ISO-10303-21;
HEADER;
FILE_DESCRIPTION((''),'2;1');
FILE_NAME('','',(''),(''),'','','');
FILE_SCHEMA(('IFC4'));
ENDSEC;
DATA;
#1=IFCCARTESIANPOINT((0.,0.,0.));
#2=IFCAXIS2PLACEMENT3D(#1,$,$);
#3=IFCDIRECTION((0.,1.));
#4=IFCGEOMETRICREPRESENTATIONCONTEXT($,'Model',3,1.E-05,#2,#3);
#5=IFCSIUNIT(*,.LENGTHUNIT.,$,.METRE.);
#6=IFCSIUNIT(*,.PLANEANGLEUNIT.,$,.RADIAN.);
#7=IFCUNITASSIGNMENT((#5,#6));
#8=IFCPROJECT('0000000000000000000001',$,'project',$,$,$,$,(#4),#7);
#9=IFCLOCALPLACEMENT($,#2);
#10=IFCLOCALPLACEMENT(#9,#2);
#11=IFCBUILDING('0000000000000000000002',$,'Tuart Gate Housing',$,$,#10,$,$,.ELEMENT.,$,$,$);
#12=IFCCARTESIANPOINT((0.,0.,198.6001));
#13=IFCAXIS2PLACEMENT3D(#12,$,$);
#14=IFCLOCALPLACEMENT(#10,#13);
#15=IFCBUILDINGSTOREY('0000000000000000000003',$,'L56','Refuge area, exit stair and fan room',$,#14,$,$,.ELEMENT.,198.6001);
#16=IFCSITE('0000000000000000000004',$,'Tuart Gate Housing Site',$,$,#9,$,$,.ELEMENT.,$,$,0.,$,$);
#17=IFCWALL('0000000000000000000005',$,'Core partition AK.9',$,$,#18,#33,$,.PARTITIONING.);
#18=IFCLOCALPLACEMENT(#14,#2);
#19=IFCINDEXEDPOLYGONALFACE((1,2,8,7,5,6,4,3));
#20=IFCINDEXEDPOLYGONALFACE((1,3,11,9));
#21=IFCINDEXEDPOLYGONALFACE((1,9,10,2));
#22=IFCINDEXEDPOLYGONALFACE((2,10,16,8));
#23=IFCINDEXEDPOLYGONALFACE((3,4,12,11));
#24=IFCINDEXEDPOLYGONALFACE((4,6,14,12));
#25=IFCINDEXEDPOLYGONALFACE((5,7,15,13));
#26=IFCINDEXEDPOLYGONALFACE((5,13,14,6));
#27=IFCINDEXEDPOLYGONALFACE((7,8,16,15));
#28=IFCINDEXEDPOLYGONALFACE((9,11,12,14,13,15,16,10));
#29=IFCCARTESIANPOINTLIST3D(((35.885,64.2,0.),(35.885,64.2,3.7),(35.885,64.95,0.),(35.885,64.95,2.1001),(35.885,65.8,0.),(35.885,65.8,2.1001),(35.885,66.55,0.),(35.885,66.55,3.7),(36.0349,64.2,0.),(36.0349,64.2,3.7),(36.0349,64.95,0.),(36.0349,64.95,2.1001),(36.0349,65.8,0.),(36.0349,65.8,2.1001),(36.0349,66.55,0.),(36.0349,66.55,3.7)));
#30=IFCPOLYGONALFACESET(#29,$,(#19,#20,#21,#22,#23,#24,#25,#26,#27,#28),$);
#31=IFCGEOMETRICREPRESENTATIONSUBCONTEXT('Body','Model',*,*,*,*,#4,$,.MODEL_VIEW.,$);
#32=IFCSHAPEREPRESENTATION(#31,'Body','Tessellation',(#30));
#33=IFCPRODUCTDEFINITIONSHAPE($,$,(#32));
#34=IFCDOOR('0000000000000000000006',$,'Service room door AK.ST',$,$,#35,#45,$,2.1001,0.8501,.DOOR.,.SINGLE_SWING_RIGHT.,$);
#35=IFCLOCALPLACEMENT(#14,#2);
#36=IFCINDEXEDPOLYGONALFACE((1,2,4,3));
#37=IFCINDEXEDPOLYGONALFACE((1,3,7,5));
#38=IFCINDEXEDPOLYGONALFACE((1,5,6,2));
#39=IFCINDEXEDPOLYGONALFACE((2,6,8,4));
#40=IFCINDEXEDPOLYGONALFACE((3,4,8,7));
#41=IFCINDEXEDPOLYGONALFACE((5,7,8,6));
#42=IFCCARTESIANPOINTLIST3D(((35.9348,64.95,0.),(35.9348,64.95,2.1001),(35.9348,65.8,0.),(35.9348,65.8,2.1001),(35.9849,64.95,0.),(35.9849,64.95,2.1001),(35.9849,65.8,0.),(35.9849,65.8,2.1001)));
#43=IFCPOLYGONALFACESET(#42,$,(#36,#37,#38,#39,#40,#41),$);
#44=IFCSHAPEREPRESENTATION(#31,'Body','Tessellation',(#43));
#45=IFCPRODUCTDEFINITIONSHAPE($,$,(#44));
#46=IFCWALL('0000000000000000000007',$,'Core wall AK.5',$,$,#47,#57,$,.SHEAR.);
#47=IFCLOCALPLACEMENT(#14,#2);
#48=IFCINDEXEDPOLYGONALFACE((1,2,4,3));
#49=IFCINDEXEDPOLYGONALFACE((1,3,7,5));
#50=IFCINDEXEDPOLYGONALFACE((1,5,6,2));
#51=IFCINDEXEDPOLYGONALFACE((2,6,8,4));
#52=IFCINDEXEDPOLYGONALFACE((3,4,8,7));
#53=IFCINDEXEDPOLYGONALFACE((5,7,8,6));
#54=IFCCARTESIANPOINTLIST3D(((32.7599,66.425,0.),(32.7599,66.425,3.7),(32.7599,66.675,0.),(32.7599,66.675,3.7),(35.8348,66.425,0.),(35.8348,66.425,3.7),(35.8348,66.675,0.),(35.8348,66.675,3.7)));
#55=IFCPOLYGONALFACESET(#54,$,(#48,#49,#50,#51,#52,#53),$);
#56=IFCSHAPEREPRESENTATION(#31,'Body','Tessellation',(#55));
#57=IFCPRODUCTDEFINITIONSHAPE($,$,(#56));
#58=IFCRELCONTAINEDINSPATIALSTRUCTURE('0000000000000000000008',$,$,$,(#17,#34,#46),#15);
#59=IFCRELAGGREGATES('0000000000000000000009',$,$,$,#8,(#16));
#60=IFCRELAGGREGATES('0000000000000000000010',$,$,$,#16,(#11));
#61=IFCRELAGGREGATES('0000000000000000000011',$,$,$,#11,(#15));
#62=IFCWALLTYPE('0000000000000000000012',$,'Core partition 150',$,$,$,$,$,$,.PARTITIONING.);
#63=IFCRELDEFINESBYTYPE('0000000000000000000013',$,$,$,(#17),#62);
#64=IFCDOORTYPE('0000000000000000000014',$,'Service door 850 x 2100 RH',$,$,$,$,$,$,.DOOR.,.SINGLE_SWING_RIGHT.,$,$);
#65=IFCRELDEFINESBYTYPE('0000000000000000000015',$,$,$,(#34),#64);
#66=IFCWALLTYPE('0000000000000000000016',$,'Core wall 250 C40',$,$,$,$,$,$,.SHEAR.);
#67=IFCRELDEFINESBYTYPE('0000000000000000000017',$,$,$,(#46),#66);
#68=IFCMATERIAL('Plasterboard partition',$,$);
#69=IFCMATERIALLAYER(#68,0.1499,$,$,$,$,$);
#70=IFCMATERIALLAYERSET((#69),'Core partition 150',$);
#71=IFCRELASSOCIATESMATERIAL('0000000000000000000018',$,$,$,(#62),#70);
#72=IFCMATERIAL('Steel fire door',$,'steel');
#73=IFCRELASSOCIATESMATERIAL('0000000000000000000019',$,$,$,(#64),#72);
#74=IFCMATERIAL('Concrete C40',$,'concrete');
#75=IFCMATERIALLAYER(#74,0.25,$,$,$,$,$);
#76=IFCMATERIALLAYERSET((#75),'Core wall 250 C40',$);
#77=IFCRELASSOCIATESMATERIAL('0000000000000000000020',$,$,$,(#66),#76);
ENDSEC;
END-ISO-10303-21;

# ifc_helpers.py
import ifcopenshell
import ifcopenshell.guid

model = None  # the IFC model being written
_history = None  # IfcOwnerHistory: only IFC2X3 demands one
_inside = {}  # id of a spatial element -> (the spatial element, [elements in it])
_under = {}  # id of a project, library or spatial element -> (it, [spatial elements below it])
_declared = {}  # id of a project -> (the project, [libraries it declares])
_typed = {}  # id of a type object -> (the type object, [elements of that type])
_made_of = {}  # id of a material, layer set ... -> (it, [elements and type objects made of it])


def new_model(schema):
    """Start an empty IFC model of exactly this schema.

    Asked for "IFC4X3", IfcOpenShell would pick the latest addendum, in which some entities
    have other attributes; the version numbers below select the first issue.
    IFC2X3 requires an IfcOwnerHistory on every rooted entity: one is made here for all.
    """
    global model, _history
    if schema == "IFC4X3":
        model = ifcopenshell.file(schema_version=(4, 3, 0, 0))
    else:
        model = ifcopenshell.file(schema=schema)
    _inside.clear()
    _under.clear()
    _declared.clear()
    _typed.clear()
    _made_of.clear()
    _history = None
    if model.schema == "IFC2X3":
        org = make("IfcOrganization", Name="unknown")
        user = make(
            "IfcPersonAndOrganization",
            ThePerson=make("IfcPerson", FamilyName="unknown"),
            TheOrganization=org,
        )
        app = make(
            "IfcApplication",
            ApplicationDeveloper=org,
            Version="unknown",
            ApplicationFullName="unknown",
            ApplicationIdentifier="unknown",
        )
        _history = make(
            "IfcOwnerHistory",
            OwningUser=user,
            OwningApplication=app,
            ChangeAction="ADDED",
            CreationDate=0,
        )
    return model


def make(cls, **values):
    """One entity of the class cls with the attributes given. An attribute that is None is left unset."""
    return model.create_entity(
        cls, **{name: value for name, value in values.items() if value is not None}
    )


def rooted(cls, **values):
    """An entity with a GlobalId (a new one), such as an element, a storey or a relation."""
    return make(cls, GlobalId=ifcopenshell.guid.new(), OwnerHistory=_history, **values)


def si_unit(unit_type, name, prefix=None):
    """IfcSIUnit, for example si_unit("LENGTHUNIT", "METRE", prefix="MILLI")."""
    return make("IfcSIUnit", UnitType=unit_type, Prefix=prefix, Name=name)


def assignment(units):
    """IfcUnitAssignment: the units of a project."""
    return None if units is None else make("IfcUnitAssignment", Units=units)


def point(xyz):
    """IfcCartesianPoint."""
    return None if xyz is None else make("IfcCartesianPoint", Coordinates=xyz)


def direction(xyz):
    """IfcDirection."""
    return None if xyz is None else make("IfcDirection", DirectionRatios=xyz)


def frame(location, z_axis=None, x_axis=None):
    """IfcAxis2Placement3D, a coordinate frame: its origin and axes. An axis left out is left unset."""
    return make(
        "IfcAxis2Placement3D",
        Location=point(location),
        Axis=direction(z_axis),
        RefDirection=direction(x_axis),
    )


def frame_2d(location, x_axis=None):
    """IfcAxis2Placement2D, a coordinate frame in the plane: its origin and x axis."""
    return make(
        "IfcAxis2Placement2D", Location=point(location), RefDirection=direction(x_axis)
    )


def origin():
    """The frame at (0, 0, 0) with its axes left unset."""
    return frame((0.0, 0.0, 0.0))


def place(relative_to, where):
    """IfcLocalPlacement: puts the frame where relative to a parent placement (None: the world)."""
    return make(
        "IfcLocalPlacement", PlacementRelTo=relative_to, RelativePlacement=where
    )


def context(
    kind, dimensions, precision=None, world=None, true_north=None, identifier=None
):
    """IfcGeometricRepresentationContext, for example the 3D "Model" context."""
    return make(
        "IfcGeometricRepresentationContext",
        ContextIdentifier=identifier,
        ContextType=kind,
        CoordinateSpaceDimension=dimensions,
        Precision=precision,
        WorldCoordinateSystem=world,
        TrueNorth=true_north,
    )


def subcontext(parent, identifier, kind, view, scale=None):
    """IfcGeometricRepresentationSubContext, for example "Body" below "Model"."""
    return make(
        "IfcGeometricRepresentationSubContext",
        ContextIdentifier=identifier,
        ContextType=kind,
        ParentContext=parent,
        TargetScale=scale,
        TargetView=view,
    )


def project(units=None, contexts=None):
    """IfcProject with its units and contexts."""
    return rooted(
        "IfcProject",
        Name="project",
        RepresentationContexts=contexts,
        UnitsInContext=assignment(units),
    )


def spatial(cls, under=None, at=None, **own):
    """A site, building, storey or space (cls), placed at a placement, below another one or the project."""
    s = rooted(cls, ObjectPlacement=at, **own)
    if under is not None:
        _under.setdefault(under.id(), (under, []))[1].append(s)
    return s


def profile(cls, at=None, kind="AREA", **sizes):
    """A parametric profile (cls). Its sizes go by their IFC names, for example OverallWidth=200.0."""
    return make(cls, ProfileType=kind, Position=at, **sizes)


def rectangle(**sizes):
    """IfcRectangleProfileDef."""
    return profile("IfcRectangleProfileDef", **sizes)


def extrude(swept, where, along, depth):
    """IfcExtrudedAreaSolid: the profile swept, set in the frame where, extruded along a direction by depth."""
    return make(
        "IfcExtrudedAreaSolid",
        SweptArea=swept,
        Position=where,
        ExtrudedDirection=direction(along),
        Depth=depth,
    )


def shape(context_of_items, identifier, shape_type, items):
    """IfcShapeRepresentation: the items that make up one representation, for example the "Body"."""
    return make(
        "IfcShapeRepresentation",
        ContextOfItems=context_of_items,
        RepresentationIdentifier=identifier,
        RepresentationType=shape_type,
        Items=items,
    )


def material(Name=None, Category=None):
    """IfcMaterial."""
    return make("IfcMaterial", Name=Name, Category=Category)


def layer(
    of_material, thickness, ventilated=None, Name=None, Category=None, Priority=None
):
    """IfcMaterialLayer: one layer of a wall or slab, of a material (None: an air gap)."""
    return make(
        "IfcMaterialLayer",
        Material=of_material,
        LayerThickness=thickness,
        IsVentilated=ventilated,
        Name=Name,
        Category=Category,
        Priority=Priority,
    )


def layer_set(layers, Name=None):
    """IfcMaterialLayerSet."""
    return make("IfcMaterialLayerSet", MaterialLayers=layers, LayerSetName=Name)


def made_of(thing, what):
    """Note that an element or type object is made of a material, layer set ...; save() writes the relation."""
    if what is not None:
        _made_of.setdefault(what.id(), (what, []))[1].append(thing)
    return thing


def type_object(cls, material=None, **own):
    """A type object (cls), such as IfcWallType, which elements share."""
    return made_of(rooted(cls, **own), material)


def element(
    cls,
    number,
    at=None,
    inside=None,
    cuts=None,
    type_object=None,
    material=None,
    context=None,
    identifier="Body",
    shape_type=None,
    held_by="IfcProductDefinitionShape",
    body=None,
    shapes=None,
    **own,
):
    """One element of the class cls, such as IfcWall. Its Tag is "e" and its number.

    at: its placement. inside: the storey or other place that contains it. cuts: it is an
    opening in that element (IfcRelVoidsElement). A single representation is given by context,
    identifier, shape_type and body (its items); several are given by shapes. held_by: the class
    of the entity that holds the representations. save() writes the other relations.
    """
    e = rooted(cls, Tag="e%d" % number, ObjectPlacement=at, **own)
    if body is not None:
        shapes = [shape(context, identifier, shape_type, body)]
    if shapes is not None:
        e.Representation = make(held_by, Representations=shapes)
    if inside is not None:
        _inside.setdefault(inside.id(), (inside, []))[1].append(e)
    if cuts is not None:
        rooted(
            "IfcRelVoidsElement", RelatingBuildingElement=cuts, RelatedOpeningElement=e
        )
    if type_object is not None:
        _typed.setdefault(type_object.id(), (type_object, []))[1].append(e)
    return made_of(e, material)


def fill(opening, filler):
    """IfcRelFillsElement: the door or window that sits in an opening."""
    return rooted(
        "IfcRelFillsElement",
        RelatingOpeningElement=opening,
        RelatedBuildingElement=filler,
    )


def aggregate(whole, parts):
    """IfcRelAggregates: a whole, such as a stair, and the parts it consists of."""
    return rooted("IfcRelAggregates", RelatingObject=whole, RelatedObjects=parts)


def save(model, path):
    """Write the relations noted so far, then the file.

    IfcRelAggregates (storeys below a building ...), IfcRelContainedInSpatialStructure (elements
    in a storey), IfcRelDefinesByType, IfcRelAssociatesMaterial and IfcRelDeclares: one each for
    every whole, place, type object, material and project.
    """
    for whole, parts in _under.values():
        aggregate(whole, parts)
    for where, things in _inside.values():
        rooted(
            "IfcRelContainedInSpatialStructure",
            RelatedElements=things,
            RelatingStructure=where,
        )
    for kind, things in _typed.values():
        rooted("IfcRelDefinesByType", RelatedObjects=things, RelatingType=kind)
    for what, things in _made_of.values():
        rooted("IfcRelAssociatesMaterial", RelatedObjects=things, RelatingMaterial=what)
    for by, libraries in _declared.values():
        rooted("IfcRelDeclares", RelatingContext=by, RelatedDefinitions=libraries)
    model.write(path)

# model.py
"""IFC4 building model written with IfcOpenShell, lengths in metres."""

from ifc_helpers import new_model, si_unit, direction, frame, frame_2d, origin, place, context, subcontext, project, spatial, rectangle, extrude, material, layer, layer_set, type_object, element, fill, save


model = new_model("IFC4")

# Units and contexts
model_context = context("Model", 3, precision=1e-05, world=origin(), true_north=direction((0.0, 1.0)))
body_context = subcontext(model_context, "Body", "Model", "MODEL_VIEW")
ifc_project = project(units=[si_unit("LENGTHUNIT", "METRE"), si_unit("PLANEANGLEUNIT", "RADIAN")], contexts=[model_context])

# Site, building, storey
site_placement = place(None, origin())
site = spatial("IfcSite", under=ifc_project, at=site_placement, Name="Tuart Gate Housing Site", CompositionType="ELEMENT", RefElevation=0.0)
building_placement = place(site_placement, origin())
building = spatial("IfcBuilding", under=site, at=building_placement, Name="Tuart Gate Housing", CompositionType="ELEMENT")
storey_placement = place(building_placement, frame((0.0, 0.0, 198.6001)))
storey = spatial("IfcBuildingStorey", under=building, at=storey_placement, Name="L56", Description="Refuge area, exit stair and fan room", CompositionType="ELEMENT", Elevation=198.6001)

# Wall, opening, door
ifc_material_1 = material(Name="Plasterboard partition")
ifc_layer_1 = layer(ifc_material_1, 0.1499)
ifc_layer_set_1 = layer_set([ifc_layer_1], Name="Core partition 150")
wall_type_1 = type_object("IfcWallType", Name="Core partition 150", PredefinedType="PARTITIONING", material=ifc_layer_set_1)
wall_1_placement = place(storey_placement, frame((35.96, 66.55, 0.0), z_axis=(0.0, 0.0, 1.0), x_axis=(0.0, -1.0, 0.0)))
wall_1 = element("IfcWall", 1, at=wall_1_placement, inside=storey, type_object=wall_type_1, Name="Core partition AK.9", PredefinedType="PARTITIONING", context=body_context, shape_type="SweptSolid", body=[
    extrude(rectangle(XDim=2.3501, YDim=0.1499, at=frame_2d((1.175, 0.0))), origin(), (0.0, 0.0, 1.0), 3.7),
])
opening_1_placement = place(wall_1_placement, frame((0.75, 0.0, 0.0)))
opening_1 = element("IfcOpeningElement", 2, at=opening_1_placement, cuts=wall_1, PredefinedType="OPENING", context=body_context, shape_type="SweptSolid", body=[
    extrude(rectangle(XDim=0.8501, YDim=2.1001, at=frame_2d((0.425, 1.05))), frame((0.0, 0.085, 0.0), z_axis=(0.0, -1.0, 0.0), x_axis=(1.0, 0.0, 0.0)), (0.0, 0.0, 1.0), 0.1699),
])
ifc_material_2 = material(Name="Steel fire door", Category="steel")
door_type_1 = type_object("IfcDoorType", Name="Service door 850 x 2100 RH", OperationType="SINGLE_SWING_RIGHT", PredefinedType="DOOR", material=ifc_material_2)
door_1_placement = place(opening_1_placement, frame((0.8501, 0.0, 0.0), z_axis=(0.0, 0.0, 1.0), x_axis=(-1.0, 0.0, 0.0)))
door_1 = element("IfcDoor", 3, at=door_1_placement, inside=storey, type_object=door_type_1, Name="Service room door AK.ST", OperationType="SINGLE_SWING_RIGHT", OverallHeight=2.1001, OverallWidth=0.8501, PredefinedType="DOOR", context=body_context, shape_type="SweptSolid", body=[
    extrude(rectangle(XDim=0.8501, YDim=2.1001, at=frame_2d((0.425, 1.05))), frame((0.0, 0.0251, 0.0), z_axis=(0.0, -1.0, 0.0), x_axis=(1.0, 0.0, 0.0)), (0.0, 0.0, 1.0), 0.05),
])
fill(opening_1, door_1)

# Wall
ifc_material_3 = material(Name="Concrete C40", Category="concrete")
ifc_layer_2 = layer(ifc_material_3, 0.25)
ifc_layer_set_2 = layer_set([ifc_layer_2], Name="Core wall 250 C40")
wall_type_2 = type_object("IfcWallType", Name="Core wall 250 C40", PredefinedType="SHEAR", material=ifc_layer_set_2)
wall_2_placement = place(storey_placement, frame((35.835, 66.55, 0.0), z_axis=(0.0, 0.0, 1.0), x_axis=(-1.0, 0.0, 0.0)))
element("IfcWall", 4, at=wall_2_placement, inside=storey, type_object=wall_type_2, Name="Core wall AK.5", PredefinedType="SHEAR", context=body_context, shape_type="SweptSolid", body=[
    extrude(rectangle(XDim=3.075, YDim=0.25, at=frame_2d((1.5376, 0.0))), origin(), (0.0, 0.0, 1.0), 3.7),
])

save(model, "model.ifc")
